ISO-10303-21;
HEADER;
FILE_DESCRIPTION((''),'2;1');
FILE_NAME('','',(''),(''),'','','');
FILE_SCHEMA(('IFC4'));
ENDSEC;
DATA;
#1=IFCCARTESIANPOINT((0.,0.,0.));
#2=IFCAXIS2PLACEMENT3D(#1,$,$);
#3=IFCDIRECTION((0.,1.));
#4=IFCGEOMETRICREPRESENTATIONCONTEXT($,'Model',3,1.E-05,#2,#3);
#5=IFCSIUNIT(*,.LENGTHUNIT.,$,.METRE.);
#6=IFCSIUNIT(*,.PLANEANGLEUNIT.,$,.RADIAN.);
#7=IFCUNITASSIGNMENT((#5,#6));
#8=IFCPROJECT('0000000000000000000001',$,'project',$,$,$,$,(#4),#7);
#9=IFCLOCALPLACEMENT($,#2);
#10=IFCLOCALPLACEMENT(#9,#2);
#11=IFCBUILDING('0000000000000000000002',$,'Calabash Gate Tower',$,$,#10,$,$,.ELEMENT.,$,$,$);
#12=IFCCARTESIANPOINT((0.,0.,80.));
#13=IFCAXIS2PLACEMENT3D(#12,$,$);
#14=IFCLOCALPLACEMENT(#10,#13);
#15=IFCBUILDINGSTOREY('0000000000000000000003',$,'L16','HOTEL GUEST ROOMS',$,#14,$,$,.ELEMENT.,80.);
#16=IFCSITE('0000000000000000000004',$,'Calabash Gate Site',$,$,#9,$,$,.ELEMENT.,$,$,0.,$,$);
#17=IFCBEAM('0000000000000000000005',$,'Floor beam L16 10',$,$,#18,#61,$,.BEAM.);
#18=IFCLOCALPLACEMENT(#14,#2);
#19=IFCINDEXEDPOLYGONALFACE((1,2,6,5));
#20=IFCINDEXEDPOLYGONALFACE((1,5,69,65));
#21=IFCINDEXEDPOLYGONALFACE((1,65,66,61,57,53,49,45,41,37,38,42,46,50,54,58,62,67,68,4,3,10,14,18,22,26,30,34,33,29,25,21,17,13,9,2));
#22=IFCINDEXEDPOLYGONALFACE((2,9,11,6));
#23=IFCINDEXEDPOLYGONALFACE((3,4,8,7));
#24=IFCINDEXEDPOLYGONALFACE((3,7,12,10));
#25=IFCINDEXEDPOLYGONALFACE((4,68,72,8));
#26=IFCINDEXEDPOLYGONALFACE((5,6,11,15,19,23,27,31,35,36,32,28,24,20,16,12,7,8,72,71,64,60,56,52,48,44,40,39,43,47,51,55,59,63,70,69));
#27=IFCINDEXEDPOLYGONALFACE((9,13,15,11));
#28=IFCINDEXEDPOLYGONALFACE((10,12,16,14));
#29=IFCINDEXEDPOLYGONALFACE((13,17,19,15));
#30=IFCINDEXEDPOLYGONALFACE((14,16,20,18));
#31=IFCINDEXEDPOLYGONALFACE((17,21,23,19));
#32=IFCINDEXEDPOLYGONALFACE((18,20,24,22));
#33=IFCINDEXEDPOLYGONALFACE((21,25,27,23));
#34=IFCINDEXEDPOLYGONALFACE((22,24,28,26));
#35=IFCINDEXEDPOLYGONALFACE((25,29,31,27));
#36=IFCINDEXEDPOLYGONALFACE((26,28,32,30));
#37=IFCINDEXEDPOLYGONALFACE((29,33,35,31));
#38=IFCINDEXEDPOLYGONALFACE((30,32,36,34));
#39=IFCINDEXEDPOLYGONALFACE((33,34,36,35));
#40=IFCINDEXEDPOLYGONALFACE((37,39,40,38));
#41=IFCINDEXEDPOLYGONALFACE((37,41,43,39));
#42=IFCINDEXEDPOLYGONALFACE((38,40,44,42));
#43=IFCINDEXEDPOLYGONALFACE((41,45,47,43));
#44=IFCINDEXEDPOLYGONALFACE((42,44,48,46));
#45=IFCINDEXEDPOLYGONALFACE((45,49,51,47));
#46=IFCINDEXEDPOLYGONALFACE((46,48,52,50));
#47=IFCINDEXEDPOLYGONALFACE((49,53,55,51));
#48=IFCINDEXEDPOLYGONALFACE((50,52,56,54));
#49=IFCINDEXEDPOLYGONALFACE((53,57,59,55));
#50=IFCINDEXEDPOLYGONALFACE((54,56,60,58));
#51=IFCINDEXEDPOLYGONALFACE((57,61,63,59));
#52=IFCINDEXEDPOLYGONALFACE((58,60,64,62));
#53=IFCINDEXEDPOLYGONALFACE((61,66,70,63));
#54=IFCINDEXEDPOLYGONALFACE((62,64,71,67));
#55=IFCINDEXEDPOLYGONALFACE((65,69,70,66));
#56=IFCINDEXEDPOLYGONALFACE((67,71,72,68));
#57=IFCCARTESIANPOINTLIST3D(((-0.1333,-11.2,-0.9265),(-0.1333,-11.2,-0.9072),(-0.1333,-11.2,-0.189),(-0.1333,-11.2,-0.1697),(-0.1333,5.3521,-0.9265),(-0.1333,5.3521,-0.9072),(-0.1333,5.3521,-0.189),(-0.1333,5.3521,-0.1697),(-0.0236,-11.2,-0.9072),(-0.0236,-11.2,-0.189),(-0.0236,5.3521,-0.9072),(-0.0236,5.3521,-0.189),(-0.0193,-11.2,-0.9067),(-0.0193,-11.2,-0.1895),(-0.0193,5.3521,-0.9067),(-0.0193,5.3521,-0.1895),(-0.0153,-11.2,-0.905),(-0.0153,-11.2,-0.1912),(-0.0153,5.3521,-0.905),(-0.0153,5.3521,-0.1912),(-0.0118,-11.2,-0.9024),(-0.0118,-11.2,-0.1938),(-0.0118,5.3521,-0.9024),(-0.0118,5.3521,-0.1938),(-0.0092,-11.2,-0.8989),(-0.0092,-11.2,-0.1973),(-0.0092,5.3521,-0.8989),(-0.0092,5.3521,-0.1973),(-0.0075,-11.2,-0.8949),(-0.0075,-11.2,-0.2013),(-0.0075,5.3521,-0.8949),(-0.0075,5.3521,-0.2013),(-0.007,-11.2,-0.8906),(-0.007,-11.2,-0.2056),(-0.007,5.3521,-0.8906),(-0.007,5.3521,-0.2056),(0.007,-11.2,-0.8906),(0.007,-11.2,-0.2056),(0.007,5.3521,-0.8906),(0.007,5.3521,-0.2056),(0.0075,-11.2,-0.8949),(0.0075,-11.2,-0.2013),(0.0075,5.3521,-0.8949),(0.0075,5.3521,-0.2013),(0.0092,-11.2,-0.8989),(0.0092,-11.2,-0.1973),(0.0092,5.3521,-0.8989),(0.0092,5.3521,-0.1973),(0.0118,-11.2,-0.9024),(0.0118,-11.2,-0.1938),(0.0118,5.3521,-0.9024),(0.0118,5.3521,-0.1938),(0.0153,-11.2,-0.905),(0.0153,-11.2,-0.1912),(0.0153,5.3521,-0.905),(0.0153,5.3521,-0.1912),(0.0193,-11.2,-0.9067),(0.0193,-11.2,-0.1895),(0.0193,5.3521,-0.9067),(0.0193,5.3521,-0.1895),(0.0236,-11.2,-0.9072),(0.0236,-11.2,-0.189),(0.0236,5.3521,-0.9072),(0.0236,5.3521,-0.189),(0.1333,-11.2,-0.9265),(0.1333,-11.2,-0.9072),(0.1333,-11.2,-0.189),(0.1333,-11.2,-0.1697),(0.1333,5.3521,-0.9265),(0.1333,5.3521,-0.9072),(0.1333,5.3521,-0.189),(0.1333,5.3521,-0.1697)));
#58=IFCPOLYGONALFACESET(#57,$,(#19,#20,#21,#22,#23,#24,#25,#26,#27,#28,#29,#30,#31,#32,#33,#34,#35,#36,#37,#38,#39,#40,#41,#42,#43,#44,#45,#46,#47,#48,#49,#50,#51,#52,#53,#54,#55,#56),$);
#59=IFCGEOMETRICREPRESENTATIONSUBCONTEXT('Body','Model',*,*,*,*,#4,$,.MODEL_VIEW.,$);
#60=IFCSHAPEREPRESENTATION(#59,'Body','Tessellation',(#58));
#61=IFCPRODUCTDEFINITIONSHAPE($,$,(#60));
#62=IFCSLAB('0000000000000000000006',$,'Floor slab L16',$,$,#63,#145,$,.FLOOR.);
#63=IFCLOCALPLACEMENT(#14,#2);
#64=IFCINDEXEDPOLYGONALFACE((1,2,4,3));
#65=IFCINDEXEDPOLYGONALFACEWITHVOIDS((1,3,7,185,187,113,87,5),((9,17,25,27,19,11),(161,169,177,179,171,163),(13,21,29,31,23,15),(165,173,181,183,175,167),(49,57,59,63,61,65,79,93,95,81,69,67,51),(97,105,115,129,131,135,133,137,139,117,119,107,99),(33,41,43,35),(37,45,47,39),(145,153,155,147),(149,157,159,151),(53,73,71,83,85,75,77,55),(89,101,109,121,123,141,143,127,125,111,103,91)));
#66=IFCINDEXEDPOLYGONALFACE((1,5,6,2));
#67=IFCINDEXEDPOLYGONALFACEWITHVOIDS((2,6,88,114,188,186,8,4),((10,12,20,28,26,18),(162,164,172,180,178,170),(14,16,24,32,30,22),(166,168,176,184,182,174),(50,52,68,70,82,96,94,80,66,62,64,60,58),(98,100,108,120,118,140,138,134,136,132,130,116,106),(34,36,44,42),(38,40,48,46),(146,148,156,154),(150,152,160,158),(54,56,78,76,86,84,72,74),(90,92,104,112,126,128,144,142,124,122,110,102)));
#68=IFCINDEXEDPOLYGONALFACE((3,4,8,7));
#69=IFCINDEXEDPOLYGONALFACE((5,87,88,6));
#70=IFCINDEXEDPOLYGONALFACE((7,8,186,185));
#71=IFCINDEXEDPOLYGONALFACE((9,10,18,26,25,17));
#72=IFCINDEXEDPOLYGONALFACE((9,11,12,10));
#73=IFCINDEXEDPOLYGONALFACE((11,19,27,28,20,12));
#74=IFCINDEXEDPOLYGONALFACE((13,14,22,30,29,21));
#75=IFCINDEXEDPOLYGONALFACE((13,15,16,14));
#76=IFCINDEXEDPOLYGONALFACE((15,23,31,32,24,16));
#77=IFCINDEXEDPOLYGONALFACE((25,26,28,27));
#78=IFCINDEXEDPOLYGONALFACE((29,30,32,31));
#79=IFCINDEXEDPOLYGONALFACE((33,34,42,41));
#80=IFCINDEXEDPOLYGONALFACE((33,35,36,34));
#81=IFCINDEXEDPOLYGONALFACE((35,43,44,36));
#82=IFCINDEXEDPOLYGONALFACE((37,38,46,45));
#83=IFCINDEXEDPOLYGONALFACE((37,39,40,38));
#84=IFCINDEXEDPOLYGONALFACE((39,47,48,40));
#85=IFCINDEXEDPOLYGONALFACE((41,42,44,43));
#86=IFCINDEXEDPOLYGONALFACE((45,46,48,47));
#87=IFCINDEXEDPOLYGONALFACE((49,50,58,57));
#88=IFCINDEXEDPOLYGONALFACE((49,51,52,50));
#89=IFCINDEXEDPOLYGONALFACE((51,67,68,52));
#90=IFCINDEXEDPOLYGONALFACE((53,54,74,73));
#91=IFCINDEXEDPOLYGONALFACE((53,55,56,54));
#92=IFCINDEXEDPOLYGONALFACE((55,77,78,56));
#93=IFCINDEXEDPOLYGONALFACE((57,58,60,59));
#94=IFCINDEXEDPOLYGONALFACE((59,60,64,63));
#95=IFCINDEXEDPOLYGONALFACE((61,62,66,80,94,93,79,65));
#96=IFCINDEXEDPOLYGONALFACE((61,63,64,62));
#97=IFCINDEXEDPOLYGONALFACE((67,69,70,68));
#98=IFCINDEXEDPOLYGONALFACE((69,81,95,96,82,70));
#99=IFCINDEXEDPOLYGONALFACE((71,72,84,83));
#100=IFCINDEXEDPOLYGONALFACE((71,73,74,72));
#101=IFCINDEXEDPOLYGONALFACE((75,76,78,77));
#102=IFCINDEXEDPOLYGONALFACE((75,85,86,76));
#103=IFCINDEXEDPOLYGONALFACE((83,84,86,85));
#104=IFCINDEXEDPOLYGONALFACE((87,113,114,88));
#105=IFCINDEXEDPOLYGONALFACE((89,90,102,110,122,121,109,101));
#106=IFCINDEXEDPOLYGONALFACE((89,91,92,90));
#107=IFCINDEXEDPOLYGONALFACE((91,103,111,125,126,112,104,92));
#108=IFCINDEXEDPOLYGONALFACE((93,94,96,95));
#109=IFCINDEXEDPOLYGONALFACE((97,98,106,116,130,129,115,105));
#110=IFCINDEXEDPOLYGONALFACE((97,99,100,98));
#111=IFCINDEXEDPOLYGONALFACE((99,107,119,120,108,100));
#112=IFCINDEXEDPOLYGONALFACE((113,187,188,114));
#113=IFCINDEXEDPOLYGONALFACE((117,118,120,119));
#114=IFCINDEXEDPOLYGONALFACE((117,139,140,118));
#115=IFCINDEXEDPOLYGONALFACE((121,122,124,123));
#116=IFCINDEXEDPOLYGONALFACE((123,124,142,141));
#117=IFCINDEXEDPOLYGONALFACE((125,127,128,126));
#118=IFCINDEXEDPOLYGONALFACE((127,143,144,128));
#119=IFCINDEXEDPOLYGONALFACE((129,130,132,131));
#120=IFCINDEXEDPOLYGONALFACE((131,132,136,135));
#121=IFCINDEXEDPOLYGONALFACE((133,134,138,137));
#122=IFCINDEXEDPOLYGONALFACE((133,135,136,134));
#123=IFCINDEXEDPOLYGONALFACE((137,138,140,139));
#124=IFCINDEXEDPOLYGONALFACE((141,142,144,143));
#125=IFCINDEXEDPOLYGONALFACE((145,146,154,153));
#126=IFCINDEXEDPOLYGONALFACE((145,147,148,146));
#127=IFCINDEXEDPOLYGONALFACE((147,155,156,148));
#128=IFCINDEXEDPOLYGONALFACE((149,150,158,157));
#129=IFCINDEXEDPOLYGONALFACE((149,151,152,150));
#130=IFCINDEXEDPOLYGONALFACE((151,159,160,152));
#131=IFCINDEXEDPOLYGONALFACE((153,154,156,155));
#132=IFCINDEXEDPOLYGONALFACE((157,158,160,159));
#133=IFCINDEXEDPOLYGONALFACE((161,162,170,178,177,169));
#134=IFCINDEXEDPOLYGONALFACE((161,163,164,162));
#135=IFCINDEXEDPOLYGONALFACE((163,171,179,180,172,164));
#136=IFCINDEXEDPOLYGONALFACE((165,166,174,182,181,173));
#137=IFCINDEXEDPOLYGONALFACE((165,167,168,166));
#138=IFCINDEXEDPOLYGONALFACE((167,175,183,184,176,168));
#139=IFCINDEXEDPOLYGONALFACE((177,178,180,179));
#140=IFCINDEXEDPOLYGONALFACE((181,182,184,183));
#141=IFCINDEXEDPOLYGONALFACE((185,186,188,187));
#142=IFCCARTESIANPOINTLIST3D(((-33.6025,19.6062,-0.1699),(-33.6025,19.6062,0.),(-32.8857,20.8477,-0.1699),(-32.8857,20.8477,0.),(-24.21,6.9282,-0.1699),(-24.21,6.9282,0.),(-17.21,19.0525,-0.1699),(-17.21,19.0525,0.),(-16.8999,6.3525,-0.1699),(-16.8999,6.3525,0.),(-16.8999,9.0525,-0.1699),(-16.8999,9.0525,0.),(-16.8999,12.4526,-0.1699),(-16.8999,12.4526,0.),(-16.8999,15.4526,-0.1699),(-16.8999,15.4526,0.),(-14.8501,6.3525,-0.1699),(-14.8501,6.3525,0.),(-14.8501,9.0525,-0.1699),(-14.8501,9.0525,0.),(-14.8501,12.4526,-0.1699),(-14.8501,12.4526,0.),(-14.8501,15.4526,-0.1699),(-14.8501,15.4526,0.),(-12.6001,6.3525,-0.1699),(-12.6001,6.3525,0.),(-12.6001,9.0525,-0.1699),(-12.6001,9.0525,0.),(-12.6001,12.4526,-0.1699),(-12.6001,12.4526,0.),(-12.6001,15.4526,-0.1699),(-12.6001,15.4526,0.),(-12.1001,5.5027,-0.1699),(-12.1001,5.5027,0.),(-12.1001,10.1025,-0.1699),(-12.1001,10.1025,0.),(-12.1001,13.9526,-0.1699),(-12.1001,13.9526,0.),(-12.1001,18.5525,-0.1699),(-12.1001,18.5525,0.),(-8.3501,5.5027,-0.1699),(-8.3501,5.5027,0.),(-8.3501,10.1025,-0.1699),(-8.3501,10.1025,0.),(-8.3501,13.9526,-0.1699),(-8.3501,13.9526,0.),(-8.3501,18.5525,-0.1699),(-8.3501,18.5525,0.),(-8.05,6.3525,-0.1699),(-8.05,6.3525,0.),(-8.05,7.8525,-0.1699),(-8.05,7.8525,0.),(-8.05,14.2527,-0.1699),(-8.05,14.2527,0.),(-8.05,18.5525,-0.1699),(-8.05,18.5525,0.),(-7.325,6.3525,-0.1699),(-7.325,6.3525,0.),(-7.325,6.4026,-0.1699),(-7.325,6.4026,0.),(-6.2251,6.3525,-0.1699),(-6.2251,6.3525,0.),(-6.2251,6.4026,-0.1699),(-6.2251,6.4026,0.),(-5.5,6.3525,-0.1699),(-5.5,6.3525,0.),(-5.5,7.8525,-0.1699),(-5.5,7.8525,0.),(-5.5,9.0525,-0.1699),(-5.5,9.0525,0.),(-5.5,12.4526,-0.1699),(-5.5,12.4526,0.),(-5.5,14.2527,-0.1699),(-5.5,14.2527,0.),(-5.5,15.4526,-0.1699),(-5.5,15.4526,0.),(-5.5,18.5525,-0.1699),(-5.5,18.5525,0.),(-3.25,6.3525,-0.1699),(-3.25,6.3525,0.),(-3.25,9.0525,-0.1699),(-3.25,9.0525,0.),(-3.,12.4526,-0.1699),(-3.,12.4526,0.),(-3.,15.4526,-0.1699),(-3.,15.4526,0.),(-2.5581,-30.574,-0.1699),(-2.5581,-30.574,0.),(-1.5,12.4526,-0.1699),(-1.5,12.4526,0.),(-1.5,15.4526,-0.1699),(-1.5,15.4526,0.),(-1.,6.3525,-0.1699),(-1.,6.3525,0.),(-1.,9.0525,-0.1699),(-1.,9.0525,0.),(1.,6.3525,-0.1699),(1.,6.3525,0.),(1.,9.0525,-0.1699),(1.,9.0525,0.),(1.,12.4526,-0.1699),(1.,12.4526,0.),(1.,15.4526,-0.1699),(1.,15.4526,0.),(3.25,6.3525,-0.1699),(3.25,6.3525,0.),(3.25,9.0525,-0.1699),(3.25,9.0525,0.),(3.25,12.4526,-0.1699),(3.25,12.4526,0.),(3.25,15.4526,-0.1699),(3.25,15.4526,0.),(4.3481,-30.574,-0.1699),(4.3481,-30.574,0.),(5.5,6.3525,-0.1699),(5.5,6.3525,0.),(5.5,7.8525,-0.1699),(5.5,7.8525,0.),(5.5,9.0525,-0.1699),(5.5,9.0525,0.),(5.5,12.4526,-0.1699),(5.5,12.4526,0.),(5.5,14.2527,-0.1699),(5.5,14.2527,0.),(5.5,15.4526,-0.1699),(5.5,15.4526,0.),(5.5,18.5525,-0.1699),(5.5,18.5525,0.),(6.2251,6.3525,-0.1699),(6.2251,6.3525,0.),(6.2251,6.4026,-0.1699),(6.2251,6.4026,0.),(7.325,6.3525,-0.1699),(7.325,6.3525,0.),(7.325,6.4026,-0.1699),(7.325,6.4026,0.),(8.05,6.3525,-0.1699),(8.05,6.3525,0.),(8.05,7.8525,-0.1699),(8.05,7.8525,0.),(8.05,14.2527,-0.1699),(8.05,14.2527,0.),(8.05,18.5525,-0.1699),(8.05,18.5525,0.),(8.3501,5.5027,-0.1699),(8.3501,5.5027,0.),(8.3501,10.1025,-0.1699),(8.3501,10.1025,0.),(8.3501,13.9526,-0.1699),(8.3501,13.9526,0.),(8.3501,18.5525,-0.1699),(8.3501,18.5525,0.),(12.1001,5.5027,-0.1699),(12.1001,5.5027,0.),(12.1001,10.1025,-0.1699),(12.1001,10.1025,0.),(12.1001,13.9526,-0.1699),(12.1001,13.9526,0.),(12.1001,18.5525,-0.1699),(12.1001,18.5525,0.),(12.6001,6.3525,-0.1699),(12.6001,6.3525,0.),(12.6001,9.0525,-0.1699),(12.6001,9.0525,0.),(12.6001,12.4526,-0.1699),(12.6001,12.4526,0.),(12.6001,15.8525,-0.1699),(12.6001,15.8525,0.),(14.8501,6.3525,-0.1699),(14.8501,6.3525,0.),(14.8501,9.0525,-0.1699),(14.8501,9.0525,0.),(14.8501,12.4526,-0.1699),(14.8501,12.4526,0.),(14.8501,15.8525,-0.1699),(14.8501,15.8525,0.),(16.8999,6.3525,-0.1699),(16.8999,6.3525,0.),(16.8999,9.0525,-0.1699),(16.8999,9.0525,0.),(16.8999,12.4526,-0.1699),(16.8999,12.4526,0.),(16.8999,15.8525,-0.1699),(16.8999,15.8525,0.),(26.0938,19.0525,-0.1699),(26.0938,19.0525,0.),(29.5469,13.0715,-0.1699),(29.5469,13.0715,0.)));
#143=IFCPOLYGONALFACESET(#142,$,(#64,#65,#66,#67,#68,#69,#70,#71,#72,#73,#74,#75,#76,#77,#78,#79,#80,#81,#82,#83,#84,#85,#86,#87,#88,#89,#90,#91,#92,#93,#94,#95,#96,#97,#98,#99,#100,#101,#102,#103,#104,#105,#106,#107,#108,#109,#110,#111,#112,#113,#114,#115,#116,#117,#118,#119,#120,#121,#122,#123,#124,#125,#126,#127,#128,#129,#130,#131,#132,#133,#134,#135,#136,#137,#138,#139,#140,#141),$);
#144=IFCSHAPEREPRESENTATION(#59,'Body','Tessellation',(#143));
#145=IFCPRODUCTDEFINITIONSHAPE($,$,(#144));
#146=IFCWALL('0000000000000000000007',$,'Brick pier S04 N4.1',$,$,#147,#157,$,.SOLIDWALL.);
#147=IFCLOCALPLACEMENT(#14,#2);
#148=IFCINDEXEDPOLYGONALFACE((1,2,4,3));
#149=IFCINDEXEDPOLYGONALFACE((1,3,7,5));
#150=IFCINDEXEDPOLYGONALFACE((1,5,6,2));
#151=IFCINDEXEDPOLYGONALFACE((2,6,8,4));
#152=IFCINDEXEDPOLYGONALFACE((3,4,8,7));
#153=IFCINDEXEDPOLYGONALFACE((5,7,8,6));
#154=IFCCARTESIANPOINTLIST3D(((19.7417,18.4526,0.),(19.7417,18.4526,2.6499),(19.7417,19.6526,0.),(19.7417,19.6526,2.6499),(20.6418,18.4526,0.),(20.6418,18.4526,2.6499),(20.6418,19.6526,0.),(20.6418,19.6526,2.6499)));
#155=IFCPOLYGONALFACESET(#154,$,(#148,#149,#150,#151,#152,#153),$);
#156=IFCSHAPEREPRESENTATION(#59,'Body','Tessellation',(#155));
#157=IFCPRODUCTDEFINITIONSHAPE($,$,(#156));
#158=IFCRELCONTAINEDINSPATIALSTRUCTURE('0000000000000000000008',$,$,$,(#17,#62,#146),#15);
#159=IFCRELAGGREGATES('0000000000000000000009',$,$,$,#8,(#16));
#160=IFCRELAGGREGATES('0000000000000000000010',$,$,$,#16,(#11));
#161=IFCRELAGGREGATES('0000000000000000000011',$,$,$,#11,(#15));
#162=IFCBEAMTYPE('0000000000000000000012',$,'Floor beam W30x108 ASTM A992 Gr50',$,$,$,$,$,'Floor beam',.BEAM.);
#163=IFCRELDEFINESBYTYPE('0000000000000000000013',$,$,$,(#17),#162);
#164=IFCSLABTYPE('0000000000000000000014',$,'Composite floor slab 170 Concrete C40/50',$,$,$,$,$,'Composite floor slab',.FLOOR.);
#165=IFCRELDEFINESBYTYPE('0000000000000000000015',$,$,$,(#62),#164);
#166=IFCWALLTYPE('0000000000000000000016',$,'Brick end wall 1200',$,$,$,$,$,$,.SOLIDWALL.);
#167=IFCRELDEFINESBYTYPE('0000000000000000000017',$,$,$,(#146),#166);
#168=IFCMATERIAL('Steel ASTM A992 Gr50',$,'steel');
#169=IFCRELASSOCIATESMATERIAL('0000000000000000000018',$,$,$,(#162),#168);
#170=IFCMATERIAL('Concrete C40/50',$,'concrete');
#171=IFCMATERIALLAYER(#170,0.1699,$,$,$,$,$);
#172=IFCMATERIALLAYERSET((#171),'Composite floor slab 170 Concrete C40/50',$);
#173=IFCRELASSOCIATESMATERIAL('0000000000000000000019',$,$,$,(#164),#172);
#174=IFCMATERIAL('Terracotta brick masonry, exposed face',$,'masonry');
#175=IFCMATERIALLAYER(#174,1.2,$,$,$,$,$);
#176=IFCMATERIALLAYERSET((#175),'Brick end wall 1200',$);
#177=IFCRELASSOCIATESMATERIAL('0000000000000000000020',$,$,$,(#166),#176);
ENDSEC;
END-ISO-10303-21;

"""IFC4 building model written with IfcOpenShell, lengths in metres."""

from ifc_helpers import new_model, si_unit, direction, frame, origin, origin_2d, place, context, subcontext, project, spatial, polyline, i_section, outline, extrude, material, layer, layer_set, material_profile, profile_set, type_object, element, save


model = new_model("IFC4")

# Units and contexts
model_context = context("Model", 3, precision=1e-05, world=origin(), true_north=direction((0.0, 1.0)))
body_context = subcontext(model_context, "Body", "Model", "MODEL_VIEW")
ifc_project = project(units=[si_unit("LENGTHUNIT", "METRE"), si_unit("PLANEANGLEUNIT", "RADIAN")], contexts=[model_context])

# Site, building, storey
site_placement = place(None, origin())
site = spatial("IfcSite", under=ifc_project, at=site_placement, Name="Calabash Gate Site", CompositionType="ELEMENT", RefElevation=0.0)
building_placement = place(site_placement, origin())
building = spatial("IfcBuilding", under=site, at=building_placement, Name="Calabash Gate Tower", CompositionType="ELEMENT")
storey_placement = place(building_placement, frame((0.0, 0.0, 80.0)))
storey = spatial("IfcBuildingStorey", under=building, at=storey_placement, Name="L16", Description="HOTEL GUEST ROOMS", CompositionType="ELEMENT", Elevation=80.0)

# Beam
ifc_material_1 = material(Name="Steel ASTM A992 Gr50", Category="steel")
ifc_material_profile = material_profile(ifc_material_1, i_section(OverallWidth=0.2666, OverallDepth=0.7568, WebThickness=0.0139, FlangeThickness=0.0193, FilletRadius=0.0166, at=origin_2d()))
ifc_profile_set = profile_set([ifc_material_profile], Name="Steel ASTM A992 Gr50")
beam_type = type_object("IfcBeamType", Name="Floor beam W30x108 ASTM A992 Gr50", ElementType="Floor beam", PredefinedType="BEAM", material=ifc_profile_set)
beam_placement = place(storey_placement, frame((0.0, -11.2, -0.5481), z_axis=(0.0, 1.0, 0.0), x_axis=(-1.0, 0.0, 0.0)))
element("IfcBeam", 1, at=beam_placement, inside=storey, type_object=beam_type, Name="Floor beam L16 10", PredefinedType="BEAM", context=body_context, shape_type="SweptSolid", body=[
    extrude(i_section(OverallWidth=0.2666, OverallDepth=0.7568, WebThickness=0.0139, FlangeThickness=0.0193, FilletRadius=0.0166, at=origin_2d()), origin(), (0.0, 0.0, 1.0), 16.552),
])

# Slab
ifc_material_2 = material(Name="Concrete C40/50", Category="concrete")
ifc_layer_1 = layer(ifc_material_2, 0.1699)
ifc_layer_set_1 = layer_set([ifc_layer_1], Name="Composite floor slab 170 Concrete C40/50")
slab_type = type_object("IfcSlabType", Name="Composite floor slab 170 Concrete C40/50", ElementType="Composite floor slab", PredefinedType="FLOOR", material=ifc_layer_set_1)
slab_placement = place(storey_placement, frame((0.0, 0.0, -0.1699)))
element("IfcSlab", 2, at=slab_placement, inside=storey, type_object=slab_type, Name="Floor slab L16", PredefinedType="FLOOR", context=body_context, shape_type="SweptSolid", body=[
    extrude(outline(polyline([(-24.21, 6.9282), (-33.6025, 19.6062), (-32.8857, 20.8477), (-17.21, 19.0525), (26.0938, 19.0525), (29.5469, 13.0715), (4.3481, -30.574), (-2.5581, -30.574), (-24.21, 6.9282)]), holes=[polyline([(-5.5, 9.0525), (-5.5, 7.8525), (-8.05, 7.8525), (-8.05, 6.3525), (-7.325, 6.3525), (-7.325, 6.4026), (-6.2251, 6.4026), (-6.2251, 6.3525), (-5.5, 6.3525), (-3.25, 6.3525), (-1.0, 6.3525), (-1.0, 9.0525), (-3.25, 9.0525), (-5.5, 9.0525)]), polyline([(5.5, 9.0525), (3.25, 9.0525), (1.0, 9.0525), (1.0, 6.3525), (3.25, 6.3525), (5.5, 6.3525), (6.2251, 6.3525), (6.2251, 6.4026), (7.325, 6.4026), (7.325, 6.3525), (8.05, 6.3525), (8.05, 7.8525), (5.5, 7.8525), (5.5, 9.0525)]), polyline([(-5.5, 14.2527), (-5.5, 12.4526), (-3.0, 12.4526), (-3.0, 15.4526), (-5.5, 15.4526), (-5.5, 18.5525), (-8.05, 18.5525), (-8.05, 14.2527), (-5.5, 14.2527)]), polyline([(8.05, 18.5525), (5.5, 18.5525), (5.5, 15.4526), (3.25, 15.4526), (1.0, 15.4526), (-1.5, 15.4526), (-1.5, 12.4526), (1.0, 12.4526), (3.25, 12.4526), (5.5, 12.4526), (5.5, 14.2527), (8.05, 14.2527), (8.05, 18.5525)]), polyline([(-12.6001, 6.3525), (-12.6001, 9.0525), (-14.8501, 9.0525), (-16.8999, 9.0525), (-16.8999, 6.3525), (-14.8501, 6.3525), (-12.6001, 6.3525)]), polyline([(-14.8501, 12.4526), (-12.6001, 12.4526), (-12.6001, 15.4526), (-14.8501, 15.4526), (-16.8999, 15.4526), (-16.8999, 12.4526), (-14.8501, 12.4526)]), polyline([(14.8501, 6.3525), (16.8999, 6.3525), (16.8999, 9.0525), (14.8501, 9.0525), (12.6001, 9.0525), (12.6001, 6.3525), (14.8501, 6.3525)]), polyline([(14.8501, 12.4526), (16.8999, 12.4526), (16.8999, 15.8525), (14.8501, 15.8525), (12.6001, 15.8525), (12.6001, 12.4526), (14.8501, 12.4526)]), polyline([(-8.3501, 18.5525), (-12.1001, 18.5525), (-12.1001, 13.9526), (-8.3501, 13.9526), (-8.3501, 18.5525)]), polyline([(-12.1001, 10.1025), (-12.1001, 5.5027), (-8.3501, 5.5027), (-8.3501, 10.1025), (-12.1001, 10.1025)]), polyline([(8.3501, 13.9526), (12.1001, 13.9526), (12.1001, 18.5525), (8.3501, 18.5525), (8.3501, 13.9526)]), polyline([(12.1001, 5.5027), (12.1001, 10.1025), (8.3501, 10.1025), (8.3501, 5.5027), (12.1001, 5.5027)])]), origin(), (0.0, 0.0, 1.0), 0.1699),
])

# Wall
ifc_material_3 = material(Name="Terracotta brick masonry, exposed face", Category="masonry")
ifc_layer_2 = layer(ifc_material_3, 1.2)
ifc_layer_set_2 = layer_set([ifc_layer_2], Name="Brick end wall 1200")
wall_type_1 = type_object("IfcWallType", Name="Brick end wall 1200", PredefinedType="SOLIDWALL", material=ifc_layer_set_2)
wall_1_placement = place(storey_placement, origin())
element("IfcWall", 3, at=wall_1_placement, inside=storey, type_object=wall_type_1, Name="Brick pier S04 N4.1", PredefinedType="SOLIDWALL", context=body_context, shape_type="SweptSolid", body=[
    extrude(outline(polyline([(20.6418, 19.6526), (19.7417, 19.6526), (19.7417, 18.4526), (20.6418, 18.4526), (20.6418, 19.6526)])), origin(), (0.0, 0.0, 1.0), 2.6499),
])

save(model, "model.ifc")
